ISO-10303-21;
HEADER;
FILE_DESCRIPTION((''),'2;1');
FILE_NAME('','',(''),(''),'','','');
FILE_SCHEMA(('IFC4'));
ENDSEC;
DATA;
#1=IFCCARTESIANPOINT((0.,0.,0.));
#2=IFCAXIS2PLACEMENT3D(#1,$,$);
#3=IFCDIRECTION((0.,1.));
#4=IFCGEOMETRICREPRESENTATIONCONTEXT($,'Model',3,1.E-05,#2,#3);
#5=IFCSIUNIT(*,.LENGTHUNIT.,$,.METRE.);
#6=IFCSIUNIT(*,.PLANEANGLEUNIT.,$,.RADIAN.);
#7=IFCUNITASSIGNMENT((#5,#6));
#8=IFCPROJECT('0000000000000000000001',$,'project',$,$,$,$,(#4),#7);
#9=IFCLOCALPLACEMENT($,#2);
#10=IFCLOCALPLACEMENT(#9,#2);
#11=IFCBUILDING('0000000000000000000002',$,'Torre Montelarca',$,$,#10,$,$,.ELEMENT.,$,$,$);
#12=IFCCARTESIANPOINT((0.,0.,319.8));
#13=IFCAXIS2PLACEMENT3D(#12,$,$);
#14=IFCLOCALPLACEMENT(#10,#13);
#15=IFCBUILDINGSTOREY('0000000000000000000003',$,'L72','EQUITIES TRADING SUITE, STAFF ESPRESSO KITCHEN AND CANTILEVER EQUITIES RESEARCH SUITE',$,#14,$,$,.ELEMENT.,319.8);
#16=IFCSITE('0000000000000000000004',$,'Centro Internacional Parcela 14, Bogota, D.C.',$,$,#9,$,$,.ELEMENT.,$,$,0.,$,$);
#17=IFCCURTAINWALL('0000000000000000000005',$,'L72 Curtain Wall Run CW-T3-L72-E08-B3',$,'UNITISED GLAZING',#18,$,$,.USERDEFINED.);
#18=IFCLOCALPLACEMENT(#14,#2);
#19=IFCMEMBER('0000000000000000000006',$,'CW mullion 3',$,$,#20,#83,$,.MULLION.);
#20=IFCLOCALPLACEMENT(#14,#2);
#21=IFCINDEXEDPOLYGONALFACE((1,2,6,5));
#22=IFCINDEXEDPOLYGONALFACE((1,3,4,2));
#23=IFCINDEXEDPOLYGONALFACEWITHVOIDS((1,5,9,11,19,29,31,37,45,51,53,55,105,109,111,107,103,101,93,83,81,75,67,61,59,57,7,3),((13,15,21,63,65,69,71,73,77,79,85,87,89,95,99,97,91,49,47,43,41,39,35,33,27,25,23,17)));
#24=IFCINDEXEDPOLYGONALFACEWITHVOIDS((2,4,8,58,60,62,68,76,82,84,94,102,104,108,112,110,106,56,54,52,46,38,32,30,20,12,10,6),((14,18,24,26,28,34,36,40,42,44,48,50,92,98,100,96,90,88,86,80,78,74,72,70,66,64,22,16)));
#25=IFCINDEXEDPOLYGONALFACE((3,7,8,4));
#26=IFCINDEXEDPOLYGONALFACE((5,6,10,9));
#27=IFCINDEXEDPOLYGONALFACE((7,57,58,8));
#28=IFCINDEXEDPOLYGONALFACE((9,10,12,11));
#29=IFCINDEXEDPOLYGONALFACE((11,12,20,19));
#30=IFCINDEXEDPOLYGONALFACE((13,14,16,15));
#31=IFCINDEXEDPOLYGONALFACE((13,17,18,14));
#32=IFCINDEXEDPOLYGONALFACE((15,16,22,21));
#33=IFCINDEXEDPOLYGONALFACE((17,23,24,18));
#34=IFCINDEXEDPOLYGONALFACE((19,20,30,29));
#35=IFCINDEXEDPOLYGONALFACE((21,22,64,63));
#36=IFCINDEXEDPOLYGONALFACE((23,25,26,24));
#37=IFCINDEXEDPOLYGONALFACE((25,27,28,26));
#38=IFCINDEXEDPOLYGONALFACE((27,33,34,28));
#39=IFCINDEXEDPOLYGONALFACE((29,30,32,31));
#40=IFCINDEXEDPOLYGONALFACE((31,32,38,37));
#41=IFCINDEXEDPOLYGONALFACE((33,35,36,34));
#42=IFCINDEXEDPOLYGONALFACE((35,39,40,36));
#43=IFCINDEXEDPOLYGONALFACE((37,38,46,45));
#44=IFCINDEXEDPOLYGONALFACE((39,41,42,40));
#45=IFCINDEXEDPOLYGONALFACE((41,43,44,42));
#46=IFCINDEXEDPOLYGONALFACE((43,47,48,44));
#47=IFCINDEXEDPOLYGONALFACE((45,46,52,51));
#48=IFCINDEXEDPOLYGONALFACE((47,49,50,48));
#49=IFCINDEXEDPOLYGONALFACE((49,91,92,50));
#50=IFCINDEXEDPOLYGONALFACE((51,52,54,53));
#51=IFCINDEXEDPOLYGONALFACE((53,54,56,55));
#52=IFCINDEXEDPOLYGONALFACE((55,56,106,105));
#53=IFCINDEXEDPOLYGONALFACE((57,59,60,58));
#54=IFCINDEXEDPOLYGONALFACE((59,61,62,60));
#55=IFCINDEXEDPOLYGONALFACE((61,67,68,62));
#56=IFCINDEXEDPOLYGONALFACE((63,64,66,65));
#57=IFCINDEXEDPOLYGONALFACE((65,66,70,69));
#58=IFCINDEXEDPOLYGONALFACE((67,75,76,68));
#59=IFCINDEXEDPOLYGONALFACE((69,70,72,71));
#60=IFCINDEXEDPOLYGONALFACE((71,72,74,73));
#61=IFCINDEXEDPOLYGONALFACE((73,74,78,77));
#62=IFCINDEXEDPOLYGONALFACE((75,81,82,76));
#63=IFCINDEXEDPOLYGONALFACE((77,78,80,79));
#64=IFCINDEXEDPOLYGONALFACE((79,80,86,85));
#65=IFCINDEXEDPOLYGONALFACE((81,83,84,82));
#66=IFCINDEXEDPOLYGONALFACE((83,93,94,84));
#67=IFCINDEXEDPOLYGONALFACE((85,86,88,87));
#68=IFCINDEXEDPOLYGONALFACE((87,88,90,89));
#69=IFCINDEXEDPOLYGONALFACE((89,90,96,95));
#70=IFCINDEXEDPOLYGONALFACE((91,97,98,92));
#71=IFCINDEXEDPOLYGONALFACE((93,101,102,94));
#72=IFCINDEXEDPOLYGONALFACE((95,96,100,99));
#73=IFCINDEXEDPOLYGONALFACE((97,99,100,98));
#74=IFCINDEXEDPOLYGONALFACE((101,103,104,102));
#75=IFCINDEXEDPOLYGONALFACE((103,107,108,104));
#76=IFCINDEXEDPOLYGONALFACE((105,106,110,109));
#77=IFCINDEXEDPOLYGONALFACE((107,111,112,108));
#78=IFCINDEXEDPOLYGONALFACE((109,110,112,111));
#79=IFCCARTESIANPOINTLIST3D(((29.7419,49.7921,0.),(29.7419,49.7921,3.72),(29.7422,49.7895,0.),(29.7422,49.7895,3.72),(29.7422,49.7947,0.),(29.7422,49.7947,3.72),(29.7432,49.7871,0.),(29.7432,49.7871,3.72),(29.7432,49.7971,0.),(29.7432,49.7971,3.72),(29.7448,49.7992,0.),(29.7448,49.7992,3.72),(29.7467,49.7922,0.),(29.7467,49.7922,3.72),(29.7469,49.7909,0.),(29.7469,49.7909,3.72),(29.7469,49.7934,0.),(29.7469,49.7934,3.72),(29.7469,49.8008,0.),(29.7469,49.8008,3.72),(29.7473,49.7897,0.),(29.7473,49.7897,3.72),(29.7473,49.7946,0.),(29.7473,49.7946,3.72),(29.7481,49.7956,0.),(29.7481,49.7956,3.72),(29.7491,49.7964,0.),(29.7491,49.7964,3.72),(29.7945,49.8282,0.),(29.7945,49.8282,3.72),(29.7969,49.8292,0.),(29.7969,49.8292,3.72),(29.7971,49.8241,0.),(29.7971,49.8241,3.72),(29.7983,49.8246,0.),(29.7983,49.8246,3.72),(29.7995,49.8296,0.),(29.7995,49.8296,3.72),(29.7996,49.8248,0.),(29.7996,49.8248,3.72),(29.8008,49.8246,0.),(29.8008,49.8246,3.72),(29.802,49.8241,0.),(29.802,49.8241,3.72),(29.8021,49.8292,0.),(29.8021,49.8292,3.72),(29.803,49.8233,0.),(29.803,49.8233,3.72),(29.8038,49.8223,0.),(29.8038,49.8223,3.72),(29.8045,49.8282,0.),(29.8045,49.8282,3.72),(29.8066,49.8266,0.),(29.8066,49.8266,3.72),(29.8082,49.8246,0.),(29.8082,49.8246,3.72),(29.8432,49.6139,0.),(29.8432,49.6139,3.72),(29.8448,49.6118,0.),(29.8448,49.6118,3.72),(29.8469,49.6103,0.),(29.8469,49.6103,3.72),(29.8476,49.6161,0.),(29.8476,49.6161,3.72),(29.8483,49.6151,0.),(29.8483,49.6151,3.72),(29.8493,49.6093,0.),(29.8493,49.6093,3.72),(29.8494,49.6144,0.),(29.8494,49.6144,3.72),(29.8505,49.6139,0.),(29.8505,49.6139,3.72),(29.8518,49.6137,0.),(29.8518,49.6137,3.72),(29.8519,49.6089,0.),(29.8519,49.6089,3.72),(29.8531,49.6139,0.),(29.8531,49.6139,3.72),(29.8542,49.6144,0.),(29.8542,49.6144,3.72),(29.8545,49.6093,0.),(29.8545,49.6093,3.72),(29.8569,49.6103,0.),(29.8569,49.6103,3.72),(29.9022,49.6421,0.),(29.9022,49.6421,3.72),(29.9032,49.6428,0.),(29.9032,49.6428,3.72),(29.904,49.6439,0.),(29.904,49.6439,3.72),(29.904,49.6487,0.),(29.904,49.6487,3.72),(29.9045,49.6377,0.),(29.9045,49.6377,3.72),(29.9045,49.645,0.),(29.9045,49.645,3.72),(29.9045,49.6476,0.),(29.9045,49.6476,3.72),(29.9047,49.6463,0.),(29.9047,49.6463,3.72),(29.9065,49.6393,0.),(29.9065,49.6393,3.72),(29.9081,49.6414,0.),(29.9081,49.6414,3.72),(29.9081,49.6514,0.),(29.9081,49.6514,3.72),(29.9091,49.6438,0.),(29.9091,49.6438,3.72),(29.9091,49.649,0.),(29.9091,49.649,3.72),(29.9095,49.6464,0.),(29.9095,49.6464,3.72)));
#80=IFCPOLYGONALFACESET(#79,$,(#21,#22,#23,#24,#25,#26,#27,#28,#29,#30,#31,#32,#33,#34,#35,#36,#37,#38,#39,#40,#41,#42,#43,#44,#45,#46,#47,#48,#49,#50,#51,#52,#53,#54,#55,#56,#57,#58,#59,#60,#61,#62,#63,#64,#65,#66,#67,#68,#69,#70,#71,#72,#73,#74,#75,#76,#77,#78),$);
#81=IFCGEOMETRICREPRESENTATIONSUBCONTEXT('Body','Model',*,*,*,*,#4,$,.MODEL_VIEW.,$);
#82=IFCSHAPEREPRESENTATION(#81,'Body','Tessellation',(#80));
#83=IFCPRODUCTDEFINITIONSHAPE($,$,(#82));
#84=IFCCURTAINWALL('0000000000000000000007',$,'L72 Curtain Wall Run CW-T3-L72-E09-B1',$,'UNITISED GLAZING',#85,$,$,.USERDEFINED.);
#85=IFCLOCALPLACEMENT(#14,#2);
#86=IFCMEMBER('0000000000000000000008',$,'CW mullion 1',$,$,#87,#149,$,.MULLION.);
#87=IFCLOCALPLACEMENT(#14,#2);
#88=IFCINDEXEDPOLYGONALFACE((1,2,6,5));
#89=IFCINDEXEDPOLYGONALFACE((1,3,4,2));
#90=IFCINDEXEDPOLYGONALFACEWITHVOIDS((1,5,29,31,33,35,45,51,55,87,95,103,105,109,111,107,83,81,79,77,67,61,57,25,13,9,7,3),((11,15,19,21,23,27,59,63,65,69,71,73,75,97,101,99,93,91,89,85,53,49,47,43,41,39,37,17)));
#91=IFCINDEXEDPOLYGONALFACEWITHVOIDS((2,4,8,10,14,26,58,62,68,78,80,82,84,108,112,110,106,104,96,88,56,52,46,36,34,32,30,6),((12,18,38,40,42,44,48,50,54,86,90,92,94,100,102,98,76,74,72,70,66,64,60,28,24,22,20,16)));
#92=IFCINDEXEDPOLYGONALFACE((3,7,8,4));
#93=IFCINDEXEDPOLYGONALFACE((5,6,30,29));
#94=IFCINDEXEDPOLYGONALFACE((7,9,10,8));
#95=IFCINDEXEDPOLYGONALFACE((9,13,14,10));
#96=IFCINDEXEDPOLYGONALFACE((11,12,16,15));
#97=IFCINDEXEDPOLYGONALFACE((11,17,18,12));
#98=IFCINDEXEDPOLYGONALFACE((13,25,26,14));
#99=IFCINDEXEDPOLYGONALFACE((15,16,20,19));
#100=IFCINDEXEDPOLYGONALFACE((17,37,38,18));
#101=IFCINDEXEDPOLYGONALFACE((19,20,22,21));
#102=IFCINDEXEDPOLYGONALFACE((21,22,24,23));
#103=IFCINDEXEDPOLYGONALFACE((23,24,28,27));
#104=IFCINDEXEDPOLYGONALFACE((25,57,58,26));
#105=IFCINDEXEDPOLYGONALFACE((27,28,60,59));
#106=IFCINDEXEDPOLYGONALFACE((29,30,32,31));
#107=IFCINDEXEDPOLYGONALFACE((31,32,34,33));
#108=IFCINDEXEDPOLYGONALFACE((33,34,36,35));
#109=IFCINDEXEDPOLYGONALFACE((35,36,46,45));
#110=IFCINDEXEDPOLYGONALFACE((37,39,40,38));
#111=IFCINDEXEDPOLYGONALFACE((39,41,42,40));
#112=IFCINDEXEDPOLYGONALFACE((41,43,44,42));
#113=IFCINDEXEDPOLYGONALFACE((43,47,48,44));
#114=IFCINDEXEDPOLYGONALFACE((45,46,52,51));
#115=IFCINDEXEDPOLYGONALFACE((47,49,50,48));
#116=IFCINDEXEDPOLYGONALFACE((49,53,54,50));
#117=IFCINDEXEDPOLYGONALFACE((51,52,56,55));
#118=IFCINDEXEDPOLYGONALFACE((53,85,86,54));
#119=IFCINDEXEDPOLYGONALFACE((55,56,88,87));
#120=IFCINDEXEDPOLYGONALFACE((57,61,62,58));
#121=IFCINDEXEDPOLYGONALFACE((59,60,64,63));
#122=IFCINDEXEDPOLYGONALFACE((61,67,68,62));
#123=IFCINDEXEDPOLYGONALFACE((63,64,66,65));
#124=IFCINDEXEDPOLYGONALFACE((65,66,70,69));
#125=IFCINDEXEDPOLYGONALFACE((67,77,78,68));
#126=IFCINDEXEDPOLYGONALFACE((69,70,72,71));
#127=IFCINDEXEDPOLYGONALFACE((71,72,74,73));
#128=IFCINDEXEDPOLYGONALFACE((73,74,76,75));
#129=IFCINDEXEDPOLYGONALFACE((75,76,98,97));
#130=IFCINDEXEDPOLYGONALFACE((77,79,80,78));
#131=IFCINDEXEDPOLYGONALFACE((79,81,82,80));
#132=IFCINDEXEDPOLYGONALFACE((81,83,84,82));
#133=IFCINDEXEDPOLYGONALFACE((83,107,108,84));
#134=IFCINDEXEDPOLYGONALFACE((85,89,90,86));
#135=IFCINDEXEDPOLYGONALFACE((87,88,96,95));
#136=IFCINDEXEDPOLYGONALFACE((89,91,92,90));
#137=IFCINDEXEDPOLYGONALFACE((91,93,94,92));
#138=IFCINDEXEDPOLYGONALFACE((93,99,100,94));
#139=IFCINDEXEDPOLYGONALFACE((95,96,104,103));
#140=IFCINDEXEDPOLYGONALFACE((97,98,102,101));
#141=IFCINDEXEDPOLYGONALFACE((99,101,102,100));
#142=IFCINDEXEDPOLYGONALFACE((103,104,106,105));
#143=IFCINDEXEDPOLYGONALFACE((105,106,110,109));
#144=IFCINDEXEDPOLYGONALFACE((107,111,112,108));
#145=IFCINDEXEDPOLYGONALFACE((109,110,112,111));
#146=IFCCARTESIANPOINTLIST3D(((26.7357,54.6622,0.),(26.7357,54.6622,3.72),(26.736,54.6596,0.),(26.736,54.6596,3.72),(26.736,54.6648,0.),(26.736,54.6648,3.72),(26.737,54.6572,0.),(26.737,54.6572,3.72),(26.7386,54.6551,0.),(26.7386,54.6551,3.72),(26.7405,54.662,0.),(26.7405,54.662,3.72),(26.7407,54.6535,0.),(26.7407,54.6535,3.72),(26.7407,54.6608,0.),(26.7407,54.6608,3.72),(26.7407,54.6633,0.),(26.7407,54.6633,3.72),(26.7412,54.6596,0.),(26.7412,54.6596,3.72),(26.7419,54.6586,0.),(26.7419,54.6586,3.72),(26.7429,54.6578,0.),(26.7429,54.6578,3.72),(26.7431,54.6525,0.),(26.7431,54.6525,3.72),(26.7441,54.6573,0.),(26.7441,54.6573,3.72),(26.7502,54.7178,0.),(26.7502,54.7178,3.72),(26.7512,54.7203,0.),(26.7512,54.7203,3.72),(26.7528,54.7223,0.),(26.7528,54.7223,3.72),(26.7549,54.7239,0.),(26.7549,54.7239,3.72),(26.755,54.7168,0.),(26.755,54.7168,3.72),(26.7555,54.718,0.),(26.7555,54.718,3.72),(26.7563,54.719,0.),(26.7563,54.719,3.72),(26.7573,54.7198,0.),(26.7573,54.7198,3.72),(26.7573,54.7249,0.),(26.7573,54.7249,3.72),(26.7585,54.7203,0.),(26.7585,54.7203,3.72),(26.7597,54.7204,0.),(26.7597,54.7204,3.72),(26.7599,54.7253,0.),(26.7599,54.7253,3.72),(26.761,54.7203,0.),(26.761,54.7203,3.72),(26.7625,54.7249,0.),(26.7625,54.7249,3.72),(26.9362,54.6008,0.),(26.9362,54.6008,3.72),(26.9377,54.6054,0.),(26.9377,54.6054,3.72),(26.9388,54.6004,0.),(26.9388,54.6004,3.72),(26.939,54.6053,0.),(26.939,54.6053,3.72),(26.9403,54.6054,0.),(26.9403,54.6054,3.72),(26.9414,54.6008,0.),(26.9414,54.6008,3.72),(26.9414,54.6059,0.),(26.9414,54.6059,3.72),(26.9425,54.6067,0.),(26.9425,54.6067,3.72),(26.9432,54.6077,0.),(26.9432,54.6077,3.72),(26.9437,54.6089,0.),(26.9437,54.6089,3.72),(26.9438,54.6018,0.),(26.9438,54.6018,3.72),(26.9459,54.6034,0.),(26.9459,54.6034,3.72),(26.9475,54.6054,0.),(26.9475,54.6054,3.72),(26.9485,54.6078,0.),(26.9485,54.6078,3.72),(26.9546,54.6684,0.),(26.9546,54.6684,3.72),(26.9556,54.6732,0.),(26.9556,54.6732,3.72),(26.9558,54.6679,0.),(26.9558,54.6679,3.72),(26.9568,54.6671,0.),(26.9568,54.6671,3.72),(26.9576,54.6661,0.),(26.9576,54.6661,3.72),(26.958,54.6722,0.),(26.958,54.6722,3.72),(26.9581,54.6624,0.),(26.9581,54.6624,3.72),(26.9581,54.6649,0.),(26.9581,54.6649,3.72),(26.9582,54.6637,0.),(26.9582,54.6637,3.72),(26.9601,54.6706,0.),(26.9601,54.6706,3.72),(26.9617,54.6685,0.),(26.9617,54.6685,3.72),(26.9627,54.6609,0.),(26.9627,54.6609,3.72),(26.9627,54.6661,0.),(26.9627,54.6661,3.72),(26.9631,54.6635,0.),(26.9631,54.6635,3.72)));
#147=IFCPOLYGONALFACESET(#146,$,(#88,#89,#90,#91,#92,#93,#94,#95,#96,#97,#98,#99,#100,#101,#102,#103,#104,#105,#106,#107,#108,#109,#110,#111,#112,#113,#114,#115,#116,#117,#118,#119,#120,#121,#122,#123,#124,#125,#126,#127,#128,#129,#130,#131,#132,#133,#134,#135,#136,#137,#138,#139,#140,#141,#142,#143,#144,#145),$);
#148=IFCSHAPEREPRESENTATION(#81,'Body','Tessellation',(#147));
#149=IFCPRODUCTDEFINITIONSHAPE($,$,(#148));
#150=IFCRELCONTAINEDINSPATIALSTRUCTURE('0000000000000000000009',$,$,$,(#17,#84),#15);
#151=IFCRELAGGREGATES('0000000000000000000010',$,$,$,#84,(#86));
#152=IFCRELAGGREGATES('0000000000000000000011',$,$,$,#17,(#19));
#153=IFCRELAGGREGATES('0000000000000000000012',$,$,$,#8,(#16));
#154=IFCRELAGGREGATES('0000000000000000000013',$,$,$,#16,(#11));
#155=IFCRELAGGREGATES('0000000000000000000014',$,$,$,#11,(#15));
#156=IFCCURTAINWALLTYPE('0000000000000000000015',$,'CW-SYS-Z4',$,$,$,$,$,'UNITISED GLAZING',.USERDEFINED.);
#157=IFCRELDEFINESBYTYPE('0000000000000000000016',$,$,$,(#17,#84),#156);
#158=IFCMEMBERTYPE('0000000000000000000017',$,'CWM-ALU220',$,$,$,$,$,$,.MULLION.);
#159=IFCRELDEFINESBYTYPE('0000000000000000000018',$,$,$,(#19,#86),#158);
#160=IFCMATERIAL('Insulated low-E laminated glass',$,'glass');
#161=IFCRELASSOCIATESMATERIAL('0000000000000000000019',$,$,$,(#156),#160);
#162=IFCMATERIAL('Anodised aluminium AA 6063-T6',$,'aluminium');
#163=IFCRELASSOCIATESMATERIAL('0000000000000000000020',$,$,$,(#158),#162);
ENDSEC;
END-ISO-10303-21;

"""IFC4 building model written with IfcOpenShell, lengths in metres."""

from ifc_helpers import new_model, si_unit, direction, frame, origin, origin_2d, place, context, subcontext, project, spatial, hollow_rectangle, extrude, source, transform, mapped, material, material_profile, profile_set, type_object, element, aggregate, save


model = new_model("IFC4")

# Units and contexts
model_context = context("Model", 3, precision=1e-05, world=origin(), true_north=direction((0.0, 1.0)))
body_context = subcontext(model_context, "Body", "Model", "MODEL_VIEW")
ifc_project = project(units=[si_unit("LENGTHUNIT", "METRE"), si_unit("PLANEANGLEUNIT", "RADIAN")], contexts=[model_context])

# Site, building, storey
site_placement = place(None, origin())
site = spatial("IfcSite", under=ifc_project, at=site_placement, Name="Centro Internacional Parcela 14, Bogota, D.C.", CompositionType="ELEMENT", RefElevation=0.0)
building_placement = place(site_placement, origin())
building = spatial("IfcBuilding", under=site, at=building_placement, Name="Torre Montelarca", CompositionType="ELEMENT")
storey_placement = place(building_placement, frame((0.0, 0.0, 319.8)))
storey = spatial("IfcBuildingStorey", under=building, at=storey_placement, Name="L72", Description="EQUITIES TRADING SUITE, STAFF ESPRESSO KITCHEN AND CANTILEVER EQUITIES RESEARCH SUITE", CompositionType="ELEMENT", Elevation=319.8)

# Curtain walls, members
ifc_material_1 = material(Name="Insulated low-E laminated glass", Category="glass")
curtain_wall_type = type_object("IfcCurtainWallType", Name="CW-SYS-Z4", ElementType="UNITISED GLAZING", PredefinedType="USERDEFINED", material=ifc_material_1)
curtain_wall_1_placement = place(storey_placement, origin())
curtain_wall_1 = element("IfcCurtainWall", 1, at=curtain_wall_1_placement, inside=storey, type_object=curtain_wall_type, Name="L72 Curtain Wall Run CW-T3-L72-E08-B3", ObjectType="UNITISED GLAZING", PredefinedType="USERDEFINED")
ifc_material_2 = material(Name="Anodised aluminium AA 6063-T6", Category="aluminium")
ifc_material_profile_1 = material_profile(ifc_material_2, hollow_rectangle(XDim=0.075, YDim=0.22, WallThickness=0.0049, InnerFilletRadius=0.0049, OuterFilletRadius=0.01, at=origin_2d()), Name="ALU75X220X5", Category="aluminium")
ifc_profile_set_1 = profile_set([ifc_material_profile_1], Name="Anodised aluminium AA 6063-T6")
member_type_1 = type_object("IfcMemberType", Name="CWM-ALU220", PredefinedType="MULLION", material=ifc_profile_set_1)
shared_shape_1 = source(origin(), body_context, "Body", "SweptSolid", [
    extrude(hollow_rectangle(XDim=0.075, YDim=0.22, WallThickness=0.0049, InnerFilletRadius=0.0049, OuterFilletRadius=0.01, at=origin_2d()), origin(), (0.0, 0.0, 1.0), 3.72),
])
member_1_placement = place(storey_placement, frame((29.8257, 49.7192, 0.0), z_axis=(0.0, 0.0, 1.0), x_axis=(-0.866025, -0.5, 0.0)))
member_1 = element("IfcMember", 2, at=member_1_placement, type_object=member_type_1, Name="CW mullion 3", PredefinedType="MULLION", context=body_context, shape_type="MappedRepresentation", body=[
    mapped(shared_shape_1, transform((0.0, 0.0, 0.0), scale=1.0)),
])
curtain_wall_2_placement = place(storey_placement, origin())
curtain_wall_2 = element("IfcCurtainWall", 3, at=curtain_wall_2_placement, inside=storey, type_object=curtain_wall_type, Name="L72 Curtain Wall Run CW-T3-L72-E09-B1", ObjectType="UNITISED GLAZING", PredefinedType="USERDEFINED")
member_2_placement = place(storey_placement, frame((26.8494, 54.6628, 0.0), z_axis=(0.0, 0.0, 1.0), x_axis=(-0.258815, -0.965927, 0.0)))
member_2 = element("IfcMember", 4, at=member_2_placement, type_object=member_type_1, Name="CW mullion 1", PredefinedType="MULLION", context=body_context, shape_type="MappedRepresentation", body=[
    mapped(shared_shape_1, transform((0.0, 0.0, 0.0), scale=1.0)),
])

aggregate(curtain_wall_2, [member_2])
aggregate(curtain_wall_1, [member_1])

save(model, "model.ifc")
